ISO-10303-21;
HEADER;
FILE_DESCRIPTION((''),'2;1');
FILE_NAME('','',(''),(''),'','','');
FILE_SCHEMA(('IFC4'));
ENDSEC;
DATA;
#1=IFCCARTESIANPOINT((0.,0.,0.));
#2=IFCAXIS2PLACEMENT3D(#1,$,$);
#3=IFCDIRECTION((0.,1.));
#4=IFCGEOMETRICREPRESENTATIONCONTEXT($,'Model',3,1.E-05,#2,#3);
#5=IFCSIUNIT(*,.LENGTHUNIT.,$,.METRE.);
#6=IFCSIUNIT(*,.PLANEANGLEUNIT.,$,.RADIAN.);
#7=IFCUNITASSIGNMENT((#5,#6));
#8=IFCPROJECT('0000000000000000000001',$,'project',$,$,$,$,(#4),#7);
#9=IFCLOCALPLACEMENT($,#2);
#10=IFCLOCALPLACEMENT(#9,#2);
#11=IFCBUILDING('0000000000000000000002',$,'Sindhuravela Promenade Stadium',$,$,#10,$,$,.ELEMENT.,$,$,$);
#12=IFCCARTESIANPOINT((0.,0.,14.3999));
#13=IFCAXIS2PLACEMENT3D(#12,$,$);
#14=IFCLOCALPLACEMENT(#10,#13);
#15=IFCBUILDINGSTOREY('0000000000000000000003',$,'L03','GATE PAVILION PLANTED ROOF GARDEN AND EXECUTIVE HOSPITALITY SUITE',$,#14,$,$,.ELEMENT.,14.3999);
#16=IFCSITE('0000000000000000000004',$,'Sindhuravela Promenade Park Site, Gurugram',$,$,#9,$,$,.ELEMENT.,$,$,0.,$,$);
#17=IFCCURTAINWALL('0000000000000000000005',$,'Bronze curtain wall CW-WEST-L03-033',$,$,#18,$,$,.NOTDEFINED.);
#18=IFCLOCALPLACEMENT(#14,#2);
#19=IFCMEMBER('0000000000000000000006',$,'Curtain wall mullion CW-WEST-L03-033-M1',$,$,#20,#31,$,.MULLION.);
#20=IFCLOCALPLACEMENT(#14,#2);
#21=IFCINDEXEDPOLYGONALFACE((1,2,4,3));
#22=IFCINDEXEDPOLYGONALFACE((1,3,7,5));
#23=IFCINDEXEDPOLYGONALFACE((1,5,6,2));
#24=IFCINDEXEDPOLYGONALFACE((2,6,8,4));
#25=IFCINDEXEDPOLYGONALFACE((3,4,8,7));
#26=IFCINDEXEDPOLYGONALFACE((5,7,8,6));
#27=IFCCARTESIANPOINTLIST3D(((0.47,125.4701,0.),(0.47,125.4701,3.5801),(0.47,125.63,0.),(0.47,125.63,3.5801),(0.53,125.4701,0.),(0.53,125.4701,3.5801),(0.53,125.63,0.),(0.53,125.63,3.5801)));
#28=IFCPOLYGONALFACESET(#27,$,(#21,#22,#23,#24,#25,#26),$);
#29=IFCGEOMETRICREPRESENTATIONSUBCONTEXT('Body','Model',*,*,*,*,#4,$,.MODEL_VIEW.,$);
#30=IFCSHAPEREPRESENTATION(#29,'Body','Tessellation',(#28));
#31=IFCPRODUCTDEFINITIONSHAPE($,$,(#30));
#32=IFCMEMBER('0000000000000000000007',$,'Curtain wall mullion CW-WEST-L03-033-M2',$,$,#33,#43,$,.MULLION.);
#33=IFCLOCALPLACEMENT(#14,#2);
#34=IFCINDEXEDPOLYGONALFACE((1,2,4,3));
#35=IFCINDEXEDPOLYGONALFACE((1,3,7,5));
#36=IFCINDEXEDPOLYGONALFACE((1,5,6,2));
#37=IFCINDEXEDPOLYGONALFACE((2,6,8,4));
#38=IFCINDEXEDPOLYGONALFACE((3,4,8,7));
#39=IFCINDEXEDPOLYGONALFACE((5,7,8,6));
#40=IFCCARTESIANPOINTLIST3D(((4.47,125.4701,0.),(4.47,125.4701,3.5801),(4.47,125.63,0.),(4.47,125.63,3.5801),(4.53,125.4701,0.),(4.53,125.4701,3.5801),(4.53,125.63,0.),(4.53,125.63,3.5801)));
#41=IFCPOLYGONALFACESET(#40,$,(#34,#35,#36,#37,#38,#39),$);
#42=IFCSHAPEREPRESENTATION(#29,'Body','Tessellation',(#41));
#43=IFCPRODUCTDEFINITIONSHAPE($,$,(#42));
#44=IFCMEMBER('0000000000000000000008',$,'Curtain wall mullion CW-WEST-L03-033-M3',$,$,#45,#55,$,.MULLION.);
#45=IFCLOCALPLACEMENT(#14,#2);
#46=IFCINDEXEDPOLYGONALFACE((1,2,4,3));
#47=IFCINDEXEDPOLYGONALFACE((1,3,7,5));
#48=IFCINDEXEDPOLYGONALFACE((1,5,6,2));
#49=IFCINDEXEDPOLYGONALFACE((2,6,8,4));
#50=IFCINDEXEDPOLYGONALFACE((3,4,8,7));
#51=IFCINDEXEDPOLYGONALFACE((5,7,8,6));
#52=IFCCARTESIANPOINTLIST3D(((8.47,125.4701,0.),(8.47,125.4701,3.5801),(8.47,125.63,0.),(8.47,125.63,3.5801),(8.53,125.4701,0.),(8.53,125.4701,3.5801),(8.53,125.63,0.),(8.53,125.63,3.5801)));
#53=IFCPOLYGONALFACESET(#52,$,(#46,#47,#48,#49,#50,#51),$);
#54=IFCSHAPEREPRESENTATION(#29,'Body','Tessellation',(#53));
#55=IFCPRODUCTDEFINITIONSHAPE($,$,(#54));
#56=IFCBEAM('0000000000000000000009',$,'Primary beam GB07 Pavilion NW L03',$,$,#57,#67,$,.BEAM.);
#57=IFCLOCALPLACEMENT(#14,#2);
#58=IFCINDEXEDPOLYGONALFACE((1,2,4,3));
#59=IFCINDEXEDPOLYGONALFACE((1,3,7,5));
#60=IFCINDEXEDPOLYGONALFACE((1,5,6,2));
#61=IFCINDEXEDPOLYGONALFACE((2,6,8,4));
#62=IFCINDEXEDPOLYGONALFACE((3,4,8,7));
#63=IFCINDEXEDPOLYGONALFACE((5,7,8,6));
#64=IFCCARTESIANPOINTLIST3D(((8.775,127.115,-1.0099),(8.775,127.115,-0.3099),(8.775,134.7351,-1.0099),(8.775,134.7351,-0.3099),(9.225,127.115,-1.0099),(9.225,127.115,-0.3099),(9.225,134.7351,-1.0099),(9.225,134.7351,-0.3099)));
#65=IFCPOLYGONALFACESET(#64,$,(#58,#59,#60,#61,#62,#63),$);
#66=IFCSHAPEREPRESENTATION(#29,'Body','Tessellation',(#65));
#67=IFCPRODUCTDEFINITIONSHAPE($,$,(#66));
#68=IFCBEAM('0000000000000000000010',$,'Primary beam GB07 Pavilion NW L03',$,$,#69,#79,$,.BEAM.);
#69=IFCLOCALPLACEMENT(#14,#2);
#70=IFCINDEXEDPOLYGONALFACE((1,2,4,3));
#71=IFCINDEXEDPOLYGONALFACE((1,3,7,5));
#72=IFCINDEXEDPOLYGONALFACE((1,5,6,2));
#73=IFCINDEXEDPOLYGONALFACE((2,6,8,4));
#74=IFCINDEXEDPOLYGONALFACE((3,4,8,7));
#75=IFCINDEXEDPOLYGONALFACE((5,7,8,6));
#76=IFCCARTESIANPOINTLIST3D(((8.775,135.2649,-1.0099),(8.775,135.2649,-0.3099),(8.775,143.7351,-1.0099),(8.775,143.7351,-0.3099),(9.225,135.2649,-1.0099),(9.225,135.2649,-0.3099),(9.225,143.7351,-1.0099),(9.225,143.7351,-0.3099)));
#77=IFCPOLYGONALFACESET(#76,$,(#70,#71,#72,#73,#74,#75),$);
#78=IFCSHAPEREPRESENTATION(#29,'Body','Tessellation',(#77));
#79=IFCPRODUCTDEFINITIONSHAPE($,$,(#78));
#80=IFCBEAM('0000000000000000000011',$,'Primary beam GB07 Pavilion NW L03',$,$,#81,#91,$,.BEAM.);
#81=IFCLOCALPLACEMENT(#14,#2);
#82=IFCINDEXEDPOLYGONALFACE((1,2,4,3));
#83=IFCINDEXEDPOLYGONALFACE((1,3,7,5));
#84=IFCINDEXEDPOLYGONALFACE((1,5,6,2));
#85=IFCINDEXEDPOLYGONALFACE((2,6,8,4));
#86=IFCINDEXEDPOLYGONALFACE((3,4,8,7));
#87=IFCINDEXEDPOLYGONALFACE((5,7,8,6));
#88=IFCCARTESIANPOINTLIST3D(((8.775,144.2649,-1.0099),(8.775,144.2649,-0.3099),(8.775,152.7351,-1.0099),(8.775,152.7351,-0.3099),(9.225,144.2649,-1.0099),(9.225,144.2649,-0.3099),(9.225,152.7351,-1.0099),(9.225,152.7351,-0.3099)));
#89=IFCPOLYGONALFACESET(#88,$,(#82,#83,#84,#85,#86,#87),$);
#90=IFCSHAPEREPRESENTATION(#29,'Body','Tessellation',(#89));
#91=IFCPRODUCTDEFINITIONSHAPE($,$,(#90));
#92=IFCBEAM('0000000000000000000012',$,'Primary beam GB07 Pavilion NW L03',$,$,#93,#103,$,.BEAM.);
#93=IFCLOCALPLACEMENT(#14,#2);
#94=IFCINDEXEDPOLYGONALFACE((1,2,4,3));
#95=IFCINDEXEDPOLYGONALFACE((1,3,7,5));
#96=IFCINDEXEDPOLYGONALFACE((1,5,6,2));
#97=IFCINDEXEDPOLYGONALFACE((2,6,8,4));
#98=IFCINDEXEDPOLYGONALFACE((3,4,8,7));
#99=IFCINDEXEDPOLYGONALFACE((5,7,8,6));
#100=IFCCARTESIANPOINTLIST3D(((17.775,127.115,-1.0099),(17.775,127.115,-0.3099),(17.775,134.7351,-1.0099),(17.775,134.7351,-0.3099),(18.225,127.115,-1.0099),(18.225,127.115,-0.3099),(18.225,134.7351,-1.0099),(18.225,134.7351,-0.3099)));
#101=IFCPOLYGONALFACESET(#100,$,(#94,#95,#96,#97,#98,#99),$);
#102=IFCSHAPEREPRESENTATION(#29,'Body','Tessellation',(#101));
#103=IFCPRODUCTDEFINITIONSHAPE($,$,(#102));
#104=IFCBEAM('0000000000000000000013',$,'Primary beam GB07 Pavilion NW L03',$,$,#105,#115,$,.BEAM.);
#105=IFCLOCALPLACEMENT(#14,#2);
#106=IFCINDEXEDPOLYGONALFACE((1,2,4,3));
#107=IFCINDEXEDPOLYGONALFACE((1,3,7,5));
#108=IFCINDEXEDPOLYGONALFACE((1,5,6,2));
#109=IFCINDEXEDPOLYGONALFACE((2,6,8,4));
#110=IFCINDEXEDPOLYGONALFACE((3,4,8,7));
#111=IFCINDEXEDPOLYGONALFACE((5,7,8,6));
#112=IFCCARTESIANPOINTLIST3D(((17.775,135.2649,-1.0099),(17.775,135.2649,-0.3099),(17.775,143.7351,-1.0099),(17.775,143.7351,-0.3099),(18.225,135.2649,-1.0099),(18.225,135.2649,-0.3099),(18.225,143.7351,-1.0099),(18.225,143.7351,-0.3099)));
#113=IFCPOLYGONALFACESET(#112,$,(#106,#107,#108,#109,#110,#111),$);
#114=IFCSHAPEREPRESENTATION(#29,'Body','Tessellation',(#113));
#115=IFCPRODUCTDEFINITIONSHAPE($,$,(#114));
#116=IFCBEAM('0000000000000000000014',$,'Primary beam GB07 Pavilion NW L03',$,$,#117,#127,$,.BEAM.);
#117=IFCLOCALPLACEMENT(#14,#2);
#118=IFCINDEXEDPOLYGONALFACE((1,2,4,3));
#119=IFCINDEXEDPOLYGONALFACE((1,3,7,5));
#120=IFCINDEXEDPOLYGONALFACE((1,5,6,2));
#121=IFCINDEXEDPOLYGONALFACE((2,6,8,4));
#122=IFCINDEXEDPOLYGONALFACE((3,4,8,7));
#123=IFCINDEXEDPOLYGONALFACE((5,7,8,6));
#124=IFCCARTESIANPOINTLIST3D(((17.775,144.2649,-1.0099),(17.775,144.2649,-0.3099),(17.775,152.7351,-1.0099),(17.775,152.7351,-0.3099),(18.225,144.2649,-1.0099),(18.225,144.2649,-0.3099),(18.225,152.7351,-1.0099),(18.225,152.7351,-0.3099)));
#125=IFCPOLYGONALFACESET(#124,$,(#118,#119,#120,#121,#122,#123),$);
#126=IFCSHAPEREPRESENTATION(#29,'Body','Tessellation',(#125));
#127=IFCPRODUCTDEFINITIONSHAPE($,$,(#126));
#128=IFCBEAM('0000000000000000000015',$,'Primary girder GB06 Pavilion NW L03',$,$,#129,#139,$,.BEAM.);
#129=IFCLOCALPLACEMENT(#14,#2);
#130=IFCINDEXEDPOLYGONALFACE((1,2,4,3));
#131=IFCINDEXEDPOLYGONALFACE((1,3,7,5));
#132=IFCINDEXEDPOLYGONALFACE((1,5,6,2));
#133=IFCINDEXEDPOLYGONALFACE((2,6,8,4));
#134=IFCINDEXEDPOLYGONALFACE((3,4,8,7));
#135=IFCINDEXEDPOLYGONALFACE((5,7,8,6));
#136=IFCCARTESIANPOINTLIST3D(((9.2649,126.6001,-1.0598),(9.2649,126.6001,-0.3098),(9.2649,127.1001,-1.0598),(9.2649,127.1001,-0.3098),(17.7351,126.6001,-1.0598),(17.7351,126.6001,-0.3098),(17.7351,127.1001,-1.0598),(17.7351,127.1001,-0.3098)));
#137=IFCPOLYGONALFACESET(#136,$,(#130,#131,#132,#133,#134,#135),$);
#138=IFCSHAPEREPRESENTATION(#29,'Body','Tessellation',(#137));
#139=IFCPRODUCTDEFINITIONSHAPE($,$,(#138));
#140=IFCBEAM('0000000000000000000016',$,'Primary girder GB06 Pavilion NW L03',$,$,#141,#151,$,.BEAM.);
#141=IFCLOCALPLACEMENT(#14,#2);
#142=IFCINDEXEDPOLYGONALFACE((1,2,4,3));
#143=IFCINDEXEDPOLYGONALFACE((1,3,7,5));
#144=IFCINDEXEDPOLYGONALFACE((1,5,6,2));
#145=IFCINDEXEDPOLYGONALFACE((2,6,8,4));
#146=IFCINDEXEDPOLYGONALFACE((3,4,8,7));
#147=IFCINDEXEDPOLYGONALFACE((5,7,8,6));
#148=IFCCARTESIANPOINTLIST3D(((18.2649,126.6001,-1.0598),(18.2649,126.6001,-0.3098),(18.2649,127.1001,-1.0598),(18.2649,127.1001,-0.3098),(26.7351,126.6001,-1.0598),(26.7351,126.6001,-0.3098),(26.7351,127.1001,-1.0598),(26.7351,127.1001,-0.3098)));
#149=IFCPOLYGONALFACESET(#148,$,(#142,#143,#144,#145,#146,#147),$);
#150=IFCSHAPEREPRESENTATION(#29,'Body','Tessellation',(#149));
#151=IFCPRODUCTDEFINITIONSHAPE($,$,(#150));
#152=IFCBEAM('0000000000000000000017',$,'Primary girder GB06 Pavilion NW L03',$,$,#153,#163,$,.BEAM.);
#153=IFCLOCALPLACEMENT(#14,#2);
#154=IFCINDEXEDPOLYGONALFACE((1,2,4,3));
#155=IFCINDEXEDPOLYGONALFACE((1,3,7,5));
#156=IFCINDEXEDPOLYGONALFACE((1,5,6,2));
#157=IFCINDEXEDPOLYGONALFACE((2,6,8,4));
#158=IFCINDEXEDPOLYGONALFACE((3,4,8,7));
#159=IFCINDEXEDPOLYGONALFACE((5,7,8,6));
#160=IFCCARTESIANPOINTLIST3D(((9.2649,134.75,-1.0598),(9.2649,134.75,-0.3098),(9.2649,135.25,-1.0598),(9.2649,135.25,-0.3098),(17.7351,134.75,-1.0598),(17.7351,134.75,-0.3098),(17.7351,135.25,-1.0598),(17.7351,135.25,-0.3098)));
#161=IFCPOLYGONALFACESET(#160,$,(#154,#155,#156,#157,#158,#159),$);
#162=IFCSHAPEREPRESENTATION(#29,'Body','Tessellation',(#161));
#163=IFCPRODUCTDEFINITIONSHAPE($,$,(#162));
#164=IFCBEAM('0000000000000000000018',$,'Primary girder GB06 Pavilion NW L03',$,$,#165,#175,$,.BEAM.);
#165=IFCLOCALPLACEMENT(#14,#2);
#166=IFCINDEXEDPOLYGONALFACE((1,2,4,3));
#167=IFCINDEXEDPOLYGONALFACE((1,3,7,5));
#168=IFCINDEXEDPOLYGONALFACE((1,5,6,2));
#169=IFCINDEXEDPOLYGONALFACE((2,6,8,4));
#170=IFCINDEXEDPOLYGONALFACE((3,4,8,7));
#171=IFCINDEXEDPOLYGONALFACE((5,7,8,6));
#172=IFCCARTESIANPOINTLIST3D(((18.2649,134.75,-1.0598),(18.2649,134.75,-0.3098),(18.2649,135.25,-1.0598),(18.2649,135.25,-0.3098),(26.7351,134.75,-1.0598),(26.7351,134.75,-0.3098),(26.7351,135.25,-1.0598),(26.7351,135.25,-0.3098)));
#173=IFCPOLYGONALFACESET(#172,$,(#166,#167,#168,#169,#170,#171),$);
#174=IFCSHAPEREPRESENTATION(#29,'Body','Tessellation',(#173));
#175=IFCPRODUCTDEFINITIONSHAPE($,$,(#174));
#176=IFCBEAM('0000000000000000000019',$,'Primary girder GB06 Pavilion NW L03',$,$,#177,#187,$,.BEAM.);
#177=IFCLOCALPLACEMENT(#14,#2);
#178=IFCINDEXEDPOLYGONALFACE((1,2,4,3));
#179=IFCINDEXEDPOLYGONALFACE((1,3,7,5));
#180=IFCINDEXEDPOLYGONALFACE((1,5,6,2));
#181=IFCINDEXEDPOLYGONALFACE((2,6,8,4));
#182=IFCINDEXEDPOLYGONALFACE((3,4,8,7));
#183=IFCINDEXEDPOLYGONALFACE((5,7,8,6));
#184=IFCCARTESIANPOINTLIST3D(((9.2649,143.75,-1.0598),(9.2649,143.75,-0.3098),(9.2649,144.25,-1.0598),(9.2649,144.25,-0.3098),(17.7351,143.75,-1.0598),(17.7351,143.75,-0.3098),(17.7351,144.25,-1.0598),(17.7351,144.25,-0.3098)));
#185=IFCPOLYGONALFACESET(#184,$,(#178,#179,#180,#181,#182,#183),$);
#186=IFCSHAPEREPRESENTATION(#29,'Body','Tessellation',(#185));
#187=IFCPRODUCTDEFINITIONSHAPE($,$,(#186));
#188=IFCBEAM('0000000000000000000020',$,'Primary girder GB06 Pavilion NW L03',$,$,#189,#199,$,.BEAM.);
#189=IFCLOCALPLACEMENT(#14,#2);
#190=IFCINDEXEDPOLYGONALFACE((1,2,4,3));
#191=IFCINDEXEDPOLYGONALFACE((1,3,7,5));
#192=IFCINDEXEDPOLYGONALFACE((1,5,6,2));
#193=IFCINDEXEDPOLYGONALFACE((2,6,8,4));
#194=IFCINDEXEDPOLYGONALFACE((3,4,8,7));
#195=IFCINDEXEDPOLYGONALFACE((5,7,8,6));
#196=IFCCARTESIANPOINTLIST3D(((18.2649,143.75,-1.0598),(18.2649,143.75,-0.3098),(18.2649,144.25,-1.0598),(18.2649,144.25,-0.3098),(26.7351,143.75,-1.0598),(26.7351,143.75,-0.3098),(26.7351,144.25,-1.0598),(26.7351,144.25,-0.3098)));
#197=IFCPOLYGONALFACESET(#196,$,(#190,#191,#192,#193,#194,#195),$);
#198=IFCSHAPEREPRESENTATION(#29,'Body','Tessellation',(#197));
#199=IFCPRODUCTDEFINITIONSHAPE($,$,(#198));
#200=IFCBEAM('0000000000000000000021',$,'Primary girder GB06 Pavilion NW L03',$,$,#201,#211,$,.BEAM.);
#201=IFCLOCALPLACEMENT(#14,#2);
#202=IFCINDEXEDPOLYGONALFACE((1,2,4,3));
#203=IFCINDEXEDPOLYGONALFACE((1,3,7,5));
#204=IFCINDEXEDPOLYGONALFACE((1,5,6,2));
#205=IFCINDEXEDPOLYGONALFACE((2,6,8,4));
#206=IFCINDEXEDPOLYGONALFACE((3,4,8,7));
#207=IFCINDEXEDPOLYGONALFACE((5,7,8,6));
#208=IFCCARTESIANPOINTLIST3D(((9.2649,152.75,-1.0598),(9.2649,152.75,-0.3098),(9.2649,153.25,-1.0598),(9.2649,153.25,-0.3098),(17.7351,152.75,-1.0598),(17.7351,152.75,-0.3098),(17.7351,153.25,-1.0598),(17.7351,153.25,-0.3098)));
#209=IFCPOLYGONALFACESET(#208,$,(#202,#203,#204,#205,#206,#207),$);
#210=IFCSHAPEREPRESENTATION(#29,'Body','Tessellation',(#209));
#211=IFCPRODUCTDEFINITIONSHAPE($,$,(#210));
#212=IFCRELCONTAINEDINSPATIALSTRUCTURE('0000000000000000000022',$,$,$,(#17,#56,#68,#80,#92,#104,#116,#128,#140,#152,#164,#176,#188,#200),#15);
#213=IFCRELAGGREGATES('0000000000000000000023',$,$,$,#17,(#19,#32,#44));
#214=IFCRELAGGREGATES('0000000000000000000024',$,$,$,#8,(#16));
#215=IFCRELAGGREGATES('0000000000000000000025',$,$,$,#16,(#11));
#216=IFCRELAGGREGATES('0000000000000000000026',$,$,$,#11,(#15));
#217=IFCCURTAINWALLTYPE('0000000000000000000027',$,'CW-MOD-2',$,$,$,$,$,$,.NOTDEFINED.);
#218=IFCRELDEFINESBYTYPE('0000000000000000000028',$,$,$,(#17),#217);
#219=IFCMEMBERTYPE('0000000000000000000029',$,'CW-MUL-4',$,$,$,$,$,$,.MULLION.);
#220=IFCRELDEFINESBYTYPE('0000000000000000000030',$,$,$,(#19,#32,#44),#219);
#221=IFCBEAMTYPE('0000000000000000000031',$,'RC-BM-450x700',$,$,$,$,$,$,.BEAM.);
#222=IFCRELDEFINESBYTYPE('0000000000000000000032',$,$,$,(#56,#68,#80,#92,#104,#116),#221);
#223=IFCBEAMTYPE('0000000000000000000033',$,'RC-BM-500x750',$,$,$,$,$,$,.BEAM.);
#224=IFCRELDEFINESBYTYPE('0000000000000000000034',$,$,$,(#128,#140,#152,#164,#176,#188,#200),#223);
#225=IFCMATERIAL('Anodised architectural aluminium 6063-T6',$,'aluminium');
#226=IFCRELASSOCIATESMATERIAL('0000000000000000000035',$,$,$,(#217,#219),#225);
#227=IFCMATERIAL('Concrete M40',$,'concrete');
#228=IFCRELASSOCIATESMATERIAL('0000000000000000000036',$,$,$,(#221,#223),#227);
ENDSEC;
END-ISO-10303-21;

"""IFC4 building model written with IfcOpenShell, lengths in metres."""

from ifc_helpers import new_model, si_unit, direction, frame, origin, origin_2d, place, context, subcontext, project, spatial, rectangle, extrude, material, material_profile, profile_set, type_object, element, aggregate, save


model = new_model("IFC4")

# Units and contexts
model_context = context("Model", 3, precision=1e-05, world=origin(), true_north=direction((0.0, 1.0)))
body_context = subcontext(model_context, "Body", "Model", "MODEL_VIEW")
ifc_project = project(units=[si_unit("LENGTHUNIT", "METRE"), si_unit("PLANEANGLEUNIT", "RADIAN")], contexts=[model_context])

# Site, building, storey
site_placement = place(None, origin())
site = spatial("IfcSite", under=ifc_project, at=site_placement, Name="Sindhuravela Promenade Park Site, Gurugram", CompositionType="ELEMENT", RefElevation=0.0)
building_placement = place(site_placement, origin())
building = spatial("IfcBuilding", under=site, at=building_placement, Name="Sindhuravela Promenade Stadium", CompositionType="ELEMENT")
storey_placement = place(building_placement, frame((0.0, 0.0, 14.3999)))
storey = spatial("IfcBuildingStorey", under=building, at=storey_placement, Name="L03", Description="GATE PAVILION PLANTED ROOF GARDEN AND EXECUTIVE HOSPITALITY SUITE", CompositionType="ELEMENT", Elevation=14.3999)

# Curtain wall, members
ifc_material_1 = material(Name="Anodised architectural aluminium 6063-T6", Category="aluminium")
curtain_wall_type = type_object("IfcCurtainWallType", Name="CW-MOD-2", PredefinedType="NOTDEFINED", material=ifc_material_1)
curtain_wall_placement = place(storey_placement, origin())
curtain_wall = element("IfcCurtainWall", 1, at=curtain_wall_placement, inside=storey, type_object=curtain_wall_type, Name="Bronze curtain wall CW-WEST-L03-033", PredefinedType="NOTDEFINED")
ifc_material_profile_1 = material_profile(ifc_material_1, rectangle(XDim=0.0601, YDim=0.1599, at=origin_2d()), Name="ALU M60x160")
ifc_profile_set_1 = profile_set([ifc_material_profile_1], Name="Anodised architectural aluminium 6063-T6")
member_type = type_object("IfcMemberType", Name="CW-MUL-4", PredefinedType="MULLION", material=ifc_profile_set_1)
member_1_placement = place(storey_placement, frame((0.5, 125.55, 0.0), z_axis=(0.0, 0.0, 1.0), x_axis=(1.0, 0.0, 0.0)))
member_1 = element("IfcMember", 2, at=member_1_placement, type_object=member_type, Name="Curtain wall mullion CW-WEST-L03-033-M1", PredefinedType="MULLION", context=body_context, shape_type="SweptSolid", body=[
    extrude(rectangle(XDim=0.0601, YDim=0.1599, at=origin_2d()), origin(), (0.0, 0.0, 1.0), 3.5801),
])
member_2_placement = place(storey_placement, frame((4.5, 125.55, 0.0), z_axis=(0.0, 0.0, 1.0), x_axis=(1.0, 0.0, 0.0)))
member_2 = element("IfcMember", 3, at=member_2_placement, type_object=member_type, Name="Curtain wall mullion CW-WEST-L03-033-M2", PredefinedType="MULLION", context=body_context, shape_type="SweptSolid", body=[
    extrude(rectangle(XDim=0.0601, YDim=0.1599, at=origin_2d()), origin(), (0.0, 0.0, 1.0), 3.5801),
])
member_3_placement = place(storey_placement, frame((8.5, 125.55, 0.0), z_axis=(0.0, 0.0, 1.0), x_axis=(1.0, 0.0, 0.0)))
member_3 = element("IfcMember", 4, at=member_3_placement, type_object=member_type, Name="Curtain wall mullion CW-WEST-L03-033-M3", PredefinedType="MULLION", context=body_context, shape_type="SweptSolid", body=[
    extrude(rectangle(XDim=0.0601, YDim=0.1599, at=origin_2d()), origin(), (0.0, 0.0, 1.0), 3.5801),
])

# Beams
ifc_material_2 = material(Name="Concrete M40", Category="concrete")
ifc_material_profile_2 = material_profile(ifc_material_2, rectangle(XDim=0.45, YDim=0.7, at=origin_2d()), Name="RC 450x700")
ifc_profile_set_2 = profile_set([ifc_material_profile_2], Name="Concrete M40")
beam_type_1 = type_object("IfcBeamType", Name="RC-BM-450x700", PredefinedType="BEAM", material=ifc_profile_set_2)
beam_1_placement = place(storey_placement, frame((9.0, 127.115, -0.6599), z_axis=(0.0, 1.0, 0.0), x_axis=(-1.0, 0.0, 0.0)))
element("IfcBeam", 5, at=beam_1_placement, inside=storey, type_object=beam_type_1, Name="Primary beam GB07 Pavilion NW L03", PredefinedType="BEAM", context=body_context, shape_type="SweptSolid", body=[
    extrude(rectangle(XDim=0.45, YDim=0.7, at=origin_2d()), origin(), (0.0, 0.0, 1.0), 7.6201),
])
for number, where, z_axis, x_axis, name in (
    (6, (9.0, 135.2649, -0.6599), (0.0, 1.0, 0.0), (-1.0, 0.0, 0.0), "Primary beam GB07 Pavilion NW L03"),
    (7, (9.0, 144.2649, -0.6599), (0.0, 1.0, 0.0), (-1.0, 0.0, 0.0), "Primary beam GB07 Pavilion NW L03"),
):
    element("IfcBeam", number, at=place(storey_placement, frame(where, z_axis=z_axis, x_axis=x_axis)), inside=storey, type_object=beam_type_1, Name=name, PredefinedType="BEAM", context=body_context, shape_type="SweptSolid", body=[
        extrude(rectangle(XDim=0.45, YDim=0.7, at=origin_2d()), origin(), (0.0, 0.0, 1.0), 8.4702),
    ])
beam_2_placement = place(storey_placement, frame((18.0, 127.115, -0.6599), z_axis=(0.0, 1.0, 0.0), x_axis=(-1.0, 0.0, 0.0)))
element("IfcBeam", 8, at=beam_2_placement, inside=storey, type_object=beam_type_1, Name="Primary beam GB07 Pavilion NW L03", PredefinedType="BEAM", context=body_context, shape_type="SweptSolid", body=[
    extrude(rectangle(XDim=0.45, YDim=0.7, at=origin_2d()), origin(), (0.0, 0.0, 1.0), 7.6201),
])
for number, where, z_axis, x_axis, name in (
    (9, (18.0, 135.2649, -0.6599), (0.0, 1.0, 0.0), (-1.0, 0.0, 0.0), "Primary beam GB07 Pavilion NW L03"),
    (10, (18.0, 144.2649, -0.6599), (0.0, 1.0, 0.0), (-1.0, 0.0, 0.0), "Primary beam GB07 Pavilion NW L03"),
):
    element("IfcBeam", number, at=place(storey_placement, frame(where, z_axis=z_axis, x_axis=x_axis)), inside=storey, type_object=beam_type_1, Name=name, PredefinedType="BEAM", context=body_context, shape_type="SweptSolid", body=[
        extrude(rectangle(XDim=0.45, YDim=0.7, at=origin_2d()), origin(), (0.0, 0.0, 1.0), 8.4702),
    ])
ifc_material_profile_3 = material_profile(ifc_material_2, rectangle(XDim=0.5, YDim=0.75, at=origin_2d()), Name="RC 500x750")
ifc_profile_set_3 = profile_set([ifc_material_profile_3], Name="Concrete M40")
beam_type_2 = type_object("IfcBeamType", Name="RC-BM-500x750", PredefinedType="BEAM", material=ifc_profile_set_3)
for number, where, z_axis, x_axis, name in (
    (11, (9.2649, 126.8501, -0.6848), (1.0, 0.0, 0.0), (0.0, 1.0, 0.0), "Primary girder GB06 Pavilion NW L03"),
    (12, (18.2649, 126.8501, -0.6848), (1.0, 0.0, 0.0), (0.0, 1.0, 0.0), "Primary girder GB06 Pavilion NW L03"),
    (13, (9.2649, 135.0, -0.6848), (1.0, 0.0, 0.0), (0.0, 1.0, 0.0), "Primary girder GB06 Pavilion NW L03"),
    (14, (18.2649, 135.0, -0.6848), (1.0, 0.0, 0.0), (0.0, 1.0, 0.0), "Primary girder GB06 Pavilion NW L03"),
    (15, (9.2649, 144.0, -0.6848), (1.0, 0.0, 0.0), (0.0, 1.0, 0.0), "Primary girder GB06 Pavilion NW L03"),
    (16, (18.2649, 144.0, -0.6848), (1.0, 0.0, 0.0), (0.0, 1.0, 0.0), "Primary girder GB06 Pavilion NW L03"),
    (17, (9.2649, 153.0, -0.6848), (1.0, 0.0, 0.0), (0.0, 1.0, 0.0), "Primary girder GB06 Pavilion NW L03"),
):
    element("IfcBeam", number, at=place(storey_placement, frame(where, z_axis=z_axis, x_axis=x_axis)), inside=storey, type_object=beam_type_2, Name=name, PredefinedType="BEAM", context=body_context, shape_type="SweptSolid", body=[
        extrude(rectangle(XDim=0.5, YDim=0.75, at=origin_2d()), origin(), (0.0, 0.0, 1.0), 8.4702),
    ])

aggregate(curtain_wall, [member_1, member_2, member_3])

save(model, "model.ifc")
